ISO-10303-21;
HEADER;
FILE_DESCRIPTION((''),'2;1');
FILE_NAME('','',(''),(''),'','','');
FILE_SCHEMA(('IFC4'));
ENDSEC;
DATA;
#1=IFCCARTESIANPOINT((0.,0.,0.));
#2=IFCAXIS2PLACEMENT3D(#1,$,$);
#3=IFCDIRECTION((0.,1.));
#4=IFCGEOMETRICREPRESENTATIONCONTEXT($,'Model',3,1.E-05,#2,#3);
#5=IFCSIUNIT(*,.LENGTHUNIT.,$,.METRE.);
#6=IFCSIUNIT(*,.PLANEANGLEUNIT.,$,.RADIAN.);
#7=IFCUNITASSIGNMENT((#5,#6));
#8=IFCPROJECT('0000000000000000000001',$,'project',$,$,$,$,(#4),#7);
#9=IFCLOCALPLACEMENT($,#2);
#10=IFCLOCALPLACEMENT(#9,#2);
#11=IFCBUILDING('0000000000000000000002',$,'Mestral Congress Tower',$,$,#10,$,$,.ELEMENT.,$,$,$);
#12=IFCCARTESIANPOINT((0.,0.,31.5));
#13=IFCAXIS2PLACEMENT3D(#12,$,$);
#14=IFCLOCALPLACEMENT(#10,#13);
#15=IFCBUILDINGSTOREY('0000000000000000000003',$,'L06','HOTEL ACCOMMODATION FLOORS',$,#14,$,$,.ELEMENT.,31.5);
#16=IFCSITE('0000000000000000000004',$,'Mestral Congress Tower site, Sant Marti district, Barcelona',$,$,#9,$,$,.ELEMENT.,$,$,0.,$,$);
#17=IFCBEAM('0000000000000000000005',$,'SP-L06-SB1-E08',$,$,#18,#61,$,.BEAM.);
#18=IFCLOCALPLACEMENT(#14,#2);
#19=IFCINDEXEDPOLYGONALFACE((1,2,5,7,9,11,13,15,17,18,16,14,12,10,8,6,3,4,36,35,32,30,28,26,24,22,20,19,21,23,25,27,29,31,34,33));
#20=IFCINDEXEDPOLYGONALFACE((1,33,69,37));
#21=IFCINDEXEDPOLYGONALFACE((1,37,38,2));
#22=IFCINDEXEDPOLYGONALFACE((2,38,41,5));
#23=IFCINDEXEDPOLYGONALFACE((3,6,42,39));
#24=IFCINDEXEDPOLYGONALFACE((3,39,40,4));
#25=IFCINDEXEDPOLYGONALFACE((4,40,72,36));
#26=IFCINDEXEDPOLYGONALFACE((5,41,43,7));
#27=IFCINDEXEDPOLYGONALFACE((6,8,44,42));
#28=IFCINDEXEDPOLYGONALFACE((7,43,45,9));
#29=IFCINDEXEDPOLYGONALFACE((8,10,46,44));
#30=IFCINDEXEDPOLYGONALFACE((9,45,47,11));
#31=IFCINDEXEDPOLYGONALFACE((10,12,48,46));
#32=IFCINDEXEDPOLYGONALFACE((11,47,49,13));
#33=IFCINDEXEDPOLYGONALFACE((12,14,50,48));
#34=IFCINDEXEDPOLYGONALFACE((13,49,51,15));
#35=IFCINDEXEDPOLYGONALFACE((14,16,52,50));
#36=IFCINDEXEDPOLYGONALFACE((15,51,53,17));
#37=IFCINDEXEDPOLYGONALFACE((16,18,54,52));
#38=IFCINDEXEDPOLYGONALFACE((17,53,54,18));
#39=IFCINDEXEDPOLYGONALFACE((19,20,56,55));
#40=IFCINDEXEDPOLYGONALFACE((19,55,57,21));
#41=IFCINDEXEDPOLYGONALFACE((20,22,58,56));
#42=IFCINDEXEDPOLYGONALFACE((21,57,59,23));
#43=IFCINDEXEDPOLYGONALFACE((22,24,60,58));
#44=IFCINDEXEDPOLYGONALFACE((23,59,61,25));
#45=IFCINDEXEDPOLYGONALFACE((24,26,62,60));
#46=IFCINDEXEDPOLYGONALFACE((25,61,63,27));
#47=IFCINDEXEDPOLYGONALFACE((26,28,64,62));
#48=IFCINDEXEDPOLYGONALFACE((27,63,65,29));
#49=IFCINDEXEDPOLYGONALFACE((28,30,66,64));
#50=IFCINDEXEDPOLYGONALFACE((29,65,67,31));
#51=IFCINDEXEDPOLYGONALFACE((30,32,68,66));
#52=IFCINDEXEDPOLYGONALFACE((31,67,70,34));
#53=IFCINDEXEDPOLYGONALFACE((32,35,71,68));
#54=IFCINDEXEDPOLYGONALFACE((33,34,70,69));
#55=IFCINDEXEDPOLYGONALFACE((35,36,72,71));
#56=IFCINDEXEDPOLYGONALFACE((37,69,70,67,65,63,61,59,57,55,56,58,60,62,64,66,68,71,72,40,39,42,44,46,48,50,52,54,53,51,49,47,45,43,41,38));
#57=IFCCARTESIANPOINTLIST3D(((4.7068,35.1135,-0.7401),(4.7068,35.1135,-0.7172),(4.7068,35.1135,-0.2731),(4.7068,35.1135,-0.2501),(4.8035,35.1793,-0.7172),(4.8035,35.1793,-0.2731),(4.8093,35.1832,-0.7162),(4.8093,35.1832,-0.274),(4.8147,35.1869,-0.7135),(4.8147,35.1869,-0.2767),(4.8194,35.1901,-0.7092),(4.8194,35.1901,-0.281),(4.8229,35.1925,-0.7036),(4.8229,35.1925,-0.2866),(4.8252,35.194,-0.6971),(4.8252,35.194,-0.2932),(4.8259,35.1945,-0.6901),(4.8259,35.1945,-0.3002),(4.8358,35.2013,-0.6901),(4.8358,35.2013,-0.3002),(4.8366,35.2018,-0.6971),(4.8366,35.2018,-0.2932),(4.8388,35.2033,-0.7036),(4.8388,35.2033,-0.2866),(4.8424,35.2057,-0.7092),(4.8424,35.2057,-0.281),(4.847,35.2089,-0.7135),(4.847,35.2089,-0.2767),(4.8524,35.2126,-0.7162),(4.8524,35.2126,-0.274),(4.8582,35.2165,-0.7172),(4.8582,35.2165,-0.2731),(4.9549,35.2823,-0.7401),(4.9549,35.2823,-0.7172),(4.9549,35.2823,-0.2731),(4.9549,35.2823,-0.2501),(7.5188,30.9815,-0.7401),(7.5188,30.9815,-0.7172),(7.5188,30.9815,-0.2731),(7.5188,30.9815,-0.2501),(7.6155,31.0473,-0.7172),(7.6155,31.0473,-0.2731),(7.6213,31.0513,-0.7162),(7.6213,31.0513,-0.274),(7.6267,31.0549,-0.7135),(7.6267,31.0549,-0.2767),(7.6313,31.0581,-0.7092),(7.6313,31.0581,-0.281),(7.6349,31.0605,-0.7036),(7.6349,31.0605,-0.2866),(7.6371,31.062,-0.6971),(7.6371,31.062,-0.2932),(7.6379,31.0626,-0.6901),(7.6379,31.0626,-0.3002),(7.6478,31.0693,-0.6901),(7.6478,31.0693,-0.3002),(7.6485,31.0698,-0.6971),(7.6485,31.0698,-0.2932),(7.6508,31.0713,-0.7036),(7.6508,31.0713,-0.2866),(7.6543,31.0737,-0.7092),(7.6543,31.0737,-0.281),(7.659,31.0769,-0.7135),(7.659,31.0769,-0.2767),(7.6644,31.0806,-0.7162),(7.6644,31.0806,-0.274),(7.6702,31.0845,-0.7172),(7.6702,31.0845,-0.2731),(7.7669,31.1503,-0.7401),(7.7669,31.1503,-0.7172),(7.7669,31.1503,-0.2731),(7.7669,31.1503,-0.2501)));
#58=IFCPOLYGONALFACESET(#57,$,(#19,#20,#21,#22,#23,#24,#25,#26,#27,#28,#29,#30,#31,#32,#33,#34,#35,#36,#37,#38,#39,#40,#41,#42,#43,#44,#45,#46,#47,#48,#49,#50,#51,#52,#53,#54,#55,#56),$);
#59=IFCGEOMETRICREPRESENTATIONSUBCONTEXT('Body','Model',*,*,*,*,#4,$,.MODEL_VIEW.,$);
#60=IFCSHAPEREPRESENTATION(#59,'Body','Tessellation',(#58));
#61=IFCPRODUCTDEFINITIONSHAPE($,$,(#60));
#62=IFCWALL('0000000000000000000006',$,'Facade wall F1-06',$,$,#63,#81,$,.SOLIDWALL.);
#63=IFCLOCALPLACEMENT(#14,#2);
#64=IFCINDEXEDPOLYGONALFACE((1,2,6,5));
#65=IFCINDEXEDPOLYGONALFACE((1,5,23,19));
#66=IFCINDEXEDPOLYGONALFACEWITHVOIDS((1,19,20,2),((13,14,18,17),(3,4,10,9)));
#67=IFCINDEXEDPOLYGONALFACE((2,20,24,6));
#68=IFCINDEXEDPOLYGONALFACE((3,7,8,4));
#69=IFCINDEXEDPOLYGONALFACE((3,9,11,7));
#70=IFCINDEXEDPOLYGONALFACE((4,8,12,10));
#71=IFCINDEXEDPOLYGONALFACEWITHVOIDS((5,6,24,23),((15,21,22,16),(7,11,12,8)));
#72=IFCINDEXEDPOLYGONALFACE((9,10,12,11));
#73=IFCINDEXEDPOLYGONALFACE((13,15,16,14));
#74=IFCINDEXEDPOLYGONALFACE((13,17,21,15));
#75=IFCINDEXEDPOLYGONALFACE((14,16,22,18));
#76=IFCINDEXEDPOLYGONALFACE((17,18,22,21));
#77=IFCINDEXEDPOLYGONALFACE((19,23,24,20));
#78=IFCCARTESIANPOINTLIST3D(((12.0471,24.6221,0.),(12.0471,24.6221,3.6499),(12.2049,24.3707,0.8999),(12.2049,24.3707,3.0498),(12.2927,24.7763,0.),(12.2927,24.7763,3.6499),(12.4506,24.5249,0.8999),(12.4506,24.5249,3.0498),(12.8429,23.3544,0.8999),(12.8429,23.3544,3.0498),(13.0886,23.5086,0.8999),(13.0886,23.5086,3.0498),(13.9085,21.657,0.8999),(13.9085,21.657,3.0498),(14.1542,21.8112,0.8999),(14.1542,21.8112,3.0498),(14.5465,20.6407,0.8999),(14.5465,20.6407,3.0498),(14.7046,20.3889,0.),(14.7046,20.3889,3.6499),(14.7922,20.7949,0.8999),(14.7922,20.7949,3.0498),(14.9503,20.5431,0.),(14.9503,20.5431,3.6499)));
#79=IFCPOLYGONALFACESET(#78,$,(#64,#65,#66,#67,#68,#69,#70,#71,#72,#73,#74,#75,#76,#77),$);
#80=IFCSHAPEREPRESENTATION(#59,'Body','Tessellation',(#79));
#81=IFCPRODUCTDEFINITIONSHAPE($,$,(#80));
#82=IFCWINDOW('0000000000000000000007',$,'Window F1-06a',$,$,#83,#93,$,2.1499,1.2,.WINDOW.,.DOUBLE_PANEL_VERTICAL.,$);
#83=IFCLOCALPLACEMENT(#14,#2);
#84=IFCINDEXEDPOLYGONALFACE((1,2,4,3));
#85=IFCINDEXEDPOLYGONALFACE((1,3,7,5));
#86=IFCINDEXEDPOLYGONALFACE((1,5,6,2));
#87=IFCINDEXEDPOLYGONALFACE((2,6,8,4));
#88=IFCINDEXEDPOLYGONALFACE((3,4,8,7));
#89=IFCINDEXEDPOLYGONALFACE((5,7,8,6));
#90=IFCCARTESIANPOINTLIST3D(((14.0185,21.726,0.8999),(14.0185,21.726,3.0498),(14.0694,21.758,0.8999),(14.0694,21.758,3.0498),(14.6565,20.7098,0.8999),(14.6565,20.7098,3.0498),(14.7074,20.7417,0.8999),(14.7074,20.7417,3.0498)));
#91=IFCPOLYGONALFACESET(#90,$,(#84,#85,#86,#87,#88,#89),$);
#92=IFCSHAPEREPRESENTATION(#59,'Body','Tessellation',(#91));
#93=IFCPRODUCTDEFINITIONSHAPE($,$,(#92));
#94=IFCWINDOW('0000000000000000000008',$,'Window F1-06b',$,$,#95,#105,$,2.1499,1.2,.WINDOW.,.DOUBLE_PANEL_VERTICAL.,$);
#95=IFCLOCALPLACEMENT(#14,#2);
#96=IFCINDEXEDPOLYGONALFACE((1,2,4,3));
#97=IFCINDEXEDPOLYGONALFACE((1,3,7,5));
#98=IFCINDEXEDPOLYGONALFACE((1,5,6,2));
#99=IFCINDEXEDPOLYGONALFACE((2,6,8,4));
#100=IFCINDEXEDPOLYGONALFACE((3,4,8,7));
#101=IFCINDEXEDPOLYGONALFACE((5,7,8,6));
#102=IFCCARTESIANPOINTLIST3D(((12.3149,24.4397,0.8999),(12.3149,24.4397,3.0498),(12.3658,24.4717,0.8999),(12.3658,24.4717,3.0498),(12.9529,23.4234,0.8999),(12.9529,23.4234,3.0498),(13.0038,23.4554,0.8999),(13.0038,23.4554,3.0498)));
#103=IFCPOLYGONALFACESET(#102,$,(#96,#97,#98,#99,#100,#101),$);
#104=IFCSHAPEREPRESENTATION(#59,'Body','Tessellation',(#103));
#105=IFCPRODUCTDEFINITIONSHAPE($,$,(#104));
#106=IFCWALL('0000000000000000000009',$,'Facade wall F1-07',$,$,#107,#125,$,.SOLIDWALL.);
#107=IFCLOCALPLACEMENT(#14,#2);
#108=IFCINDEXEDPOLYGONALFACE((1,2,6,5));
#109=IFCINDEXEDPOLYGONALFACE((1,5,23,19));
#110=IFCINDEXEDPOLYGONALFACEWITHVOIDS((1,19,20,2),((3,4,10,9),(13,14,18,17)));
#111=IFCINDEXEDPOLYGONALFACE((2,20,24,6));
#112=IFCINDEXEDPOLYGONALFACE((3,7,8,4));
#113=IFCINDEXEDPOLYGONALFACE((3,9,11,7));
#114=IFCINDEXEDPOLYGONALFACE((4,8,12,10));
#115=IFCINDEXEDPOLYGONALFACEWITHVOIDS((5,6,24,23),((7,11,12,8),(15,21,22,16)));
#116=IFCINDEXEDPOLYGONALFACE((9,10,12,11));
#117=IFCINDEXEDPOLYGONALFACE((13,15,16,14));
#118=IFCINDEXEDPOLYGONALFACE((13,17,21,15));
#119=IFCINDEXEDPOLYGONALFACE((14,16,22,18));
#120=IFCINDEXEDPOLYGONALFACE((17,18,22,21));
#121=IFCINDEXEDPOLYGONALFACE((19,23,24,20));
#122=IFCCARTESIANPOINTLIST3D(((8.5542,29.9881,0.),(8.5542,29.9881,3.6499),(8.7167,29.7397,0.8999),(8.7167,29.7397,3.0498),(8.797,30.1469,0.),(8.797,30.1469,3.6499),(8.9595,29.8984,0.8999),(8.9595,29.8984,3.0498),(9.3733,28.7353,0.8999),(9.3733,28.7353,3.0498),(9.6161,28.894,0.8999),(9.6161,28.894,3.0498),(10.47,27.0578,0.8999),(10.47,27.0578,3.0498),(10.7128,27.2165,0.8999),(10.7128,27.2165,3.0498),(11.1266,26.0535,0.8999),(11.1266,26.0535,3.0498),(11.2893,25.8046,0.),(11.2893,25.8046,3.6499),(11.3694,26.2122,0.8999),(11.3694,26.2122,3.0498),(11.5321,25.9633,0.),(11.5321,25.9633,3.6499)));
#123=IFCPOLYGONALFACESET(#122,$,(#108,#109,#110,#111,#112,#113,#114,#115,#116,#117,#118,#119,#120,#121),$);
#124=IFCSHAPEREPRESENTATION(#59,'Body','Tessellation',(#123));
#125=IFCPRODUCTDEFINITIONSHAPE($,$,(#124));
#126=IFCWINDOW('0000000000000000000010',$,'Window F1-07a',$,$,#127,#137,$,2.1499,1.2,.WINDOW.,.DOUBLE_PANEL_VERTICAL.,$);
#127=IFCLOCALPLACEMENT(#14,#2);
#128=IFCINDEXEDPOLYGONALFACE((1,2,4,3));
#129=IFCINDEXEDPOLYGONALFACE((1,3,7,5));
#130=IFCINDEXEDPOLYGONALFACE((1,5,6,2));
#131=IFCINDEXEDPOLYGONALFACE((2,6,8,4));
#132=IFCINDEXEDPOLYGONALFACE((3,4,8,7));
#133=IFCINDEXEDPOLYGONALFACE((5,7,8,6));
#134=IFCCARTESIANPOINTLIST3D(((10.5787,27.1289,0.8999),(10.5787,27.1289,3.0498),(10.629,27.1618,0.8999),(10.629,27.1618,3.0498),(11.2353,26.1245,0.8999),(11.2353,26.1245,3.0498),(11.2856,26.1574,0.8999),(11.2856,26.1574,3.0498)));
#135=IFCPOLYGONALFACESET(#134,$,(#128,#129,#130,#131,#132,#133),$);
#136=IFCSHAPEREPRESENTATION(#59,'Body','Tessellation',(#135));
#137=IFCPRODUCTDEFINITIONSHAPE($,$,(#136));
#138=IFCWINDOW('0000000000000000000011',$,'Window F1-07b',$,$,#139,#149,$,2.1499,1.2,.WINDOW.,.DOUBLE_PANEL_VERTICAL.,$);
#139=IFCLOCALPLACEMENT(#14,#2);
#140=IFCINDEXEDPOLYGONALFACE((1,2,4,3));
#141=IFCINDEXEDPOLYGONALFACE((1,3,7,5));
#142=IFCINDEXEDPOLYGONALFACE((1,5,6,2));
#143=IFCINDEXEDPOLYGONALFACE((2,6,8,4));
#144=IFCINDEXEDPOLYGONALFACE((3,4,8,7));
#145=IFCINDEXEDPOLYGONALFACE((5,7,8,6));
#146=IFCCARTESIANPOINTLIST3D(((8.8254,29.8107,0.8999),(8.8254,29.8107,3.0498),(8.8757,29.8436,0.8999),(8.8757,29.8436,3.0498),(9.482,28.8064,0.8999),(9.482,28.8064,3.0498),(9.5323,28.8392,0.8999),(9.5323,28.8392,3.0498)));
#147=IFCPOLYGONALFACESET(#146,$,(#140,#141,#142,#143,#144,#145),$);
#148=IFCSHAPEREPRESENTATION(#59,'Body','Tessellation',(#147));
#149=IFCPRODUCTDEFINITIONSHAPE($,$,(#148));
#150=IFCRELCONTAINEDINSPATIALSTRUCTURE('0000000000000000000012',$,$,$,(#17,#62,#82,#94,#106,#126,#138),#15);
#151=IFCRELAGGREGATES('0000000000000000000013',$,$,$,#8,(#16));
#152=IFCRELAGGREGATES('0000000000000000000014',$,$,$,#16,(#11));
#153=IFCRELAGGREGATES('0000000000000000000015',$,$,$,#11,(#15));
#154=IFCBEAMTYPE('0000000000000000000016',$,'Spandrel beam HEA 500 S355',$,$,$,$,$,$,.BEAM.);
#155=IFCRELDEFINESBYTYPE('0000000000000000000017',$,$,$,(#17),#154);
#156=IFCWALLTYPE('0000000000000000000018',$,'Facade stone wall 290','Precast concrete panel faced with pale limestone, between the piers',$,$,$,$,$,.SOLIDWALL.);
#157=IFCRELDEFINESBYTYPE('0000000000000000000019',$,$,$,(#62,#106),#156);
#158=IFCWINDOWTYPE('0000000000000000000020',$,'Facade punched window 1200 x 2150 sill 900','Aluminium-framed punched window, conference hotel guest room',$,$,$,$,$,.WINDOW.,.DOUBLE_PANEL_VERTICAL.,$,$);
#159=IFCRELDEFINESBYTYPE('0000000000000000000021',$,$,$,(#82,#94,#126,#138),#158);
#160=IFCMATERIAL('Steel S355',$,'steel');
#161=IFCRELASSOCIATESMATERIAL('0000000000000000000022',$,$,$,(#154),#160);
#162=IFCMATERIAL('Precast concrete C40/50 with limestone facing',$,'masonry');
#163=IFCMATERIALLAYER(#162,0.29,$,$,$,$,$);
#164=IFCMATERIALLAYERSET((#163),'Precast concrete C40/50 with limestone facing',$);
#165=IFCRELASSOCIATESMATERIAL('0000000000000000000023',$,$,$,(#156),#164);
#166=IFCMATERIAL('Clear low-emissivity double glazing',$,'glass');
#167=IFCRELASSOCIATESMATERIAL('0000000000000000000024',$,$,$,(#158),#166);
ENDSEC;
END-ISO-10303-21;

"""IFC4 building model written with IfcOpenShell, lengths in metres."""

from ifc_helpers import new_model, si_unit, direction, frame, frame_2d, origin, origin_2d, place, context, subcontext, project, spatial, rectangle, i_section, extrude, material, layer, layer_set, material_profile, profile_set, type_object, element, fill, save


model = new_model("IFC4")

# Units and contexts
model_context = context("Model", 3, precision=1e-05, world=origin(), true_north=direction((0.0, 1.0)))
body_context = subcontext(model_context, "Body", "Model", "MODEL_VIEW")
ifc_project = project(units=[si_unit("LENGTHUNIT", "METRE"), si_unit("PLANEANGLEUNIT", "RADIAN")], contexts=[model_context])

# Site, building, storey
site_placement = place(None, origin())
site = spatial("IfcSite", under=ifc_project, at=site_placement, Name="Mestral Congress Tower site, Sant Marti district, Barcelona", CompositionType="ELEMENT", RefElevation=0.0)
building_placement = place(site_placement, origin())
building = spatial("IfcBuilding", under=site, at=building_placement, Name="Mestral Congress Tower", CompositionType="ELEMENT")
storey_placement = place(building_placement, frame((0.0, 0.0, 31.5)))
storey = spatial("IfcBuildingStorey", under=building, at=storey_placement, Name="L06", Description="HOTEL ACCOMMODATION FLOORS", CompositionType="ELEMENT", Elevation=31.5)

# Beam
ifc_material_1 = material(Name="Steel S355", Category="steel")
ifc_material_profile_1 = material_profile(ifc_material_1, i_section(OverallWidth=0.3, OverallDepth=0.49, WebThickness=0.012, FlangeThickness=0.0229, FilletRadius=0.0271, at=origin_2d()), Name="HEA 500")
ifc_profile_set_1 = profile_set([ifc_material_profile_1], Name="Steel S355")
beam_type_1 = type_object("IfcBeamType", Name="Spandrel beam HEA 500 S355", PredefinedType="BEAM", material=ifc_profile_set_1)
beam_1_placement = place(storey_placement, frame((7.6428, 31.0659, -0.4951), z_axis=(-0.562611, 0.826722, 0.0), x_axis=(-0.826722, -0.562611, 0.0)))
element("IfcBeam", 1, at=beam_1_placement, inside=storey, type_object=beam_type_1, Name="SP-L06-SB1-E08", PredefinedType="BEAM", context=body_context, shape_type="SweptSolid", body=[
    extrude(i_section(OverallWidth=0.3, OverallDepth=0.49, WebThickness=0.012, FlangeThickness=0.0229, FilletRadius=0.0271, at=origin_2d()), origin(), (0.0, 0.0, 1.0), 4.998),
])

# Walls, openings, windows
ifc_material_2 = material(Name="Precast concrete C40/50 with limestone facing", Category="masonry")
ifc_layer_1 = layer(ifc_material_2, 0.29)
ifc_layer_set_1 = layer_set([ifc_layer_1], Name="Precast concrete C40/50 with limestone facing")
wall_type_1 = type_object("IfcWallType", Name="Facade stone wall 290", Description="Precast concrete panel faced with pale limestone, between the piers", PredefinedType="SOLIDWALL", material=ifc_layer_set_1)
wall_1_placement = place(storey_placement, frame((14.8274, 20.4661, 0.0), z_axis=(0.0, 0.0, 1.0), x_axis=(-0.531688, 0.84694, 0.0)))
wall_1 = element("IfcWall", 2, at=wall_1_placement, inside=storey, type_object=wall_type_1, Name="Facade wall F1-06", PredefinedType="SOLIDWALL", context=body_context, shape_type="SweptSolid", body=[
    extrude(rectangle(XDim=4.9983, YDim=0.29, at=frame_2d((2.499, 0.0))), origin(), (0.0, 0.0, 1.0), 3.6499),
])
opening_1_placement = place(wall_1_placement, frame((0.2971, 0.0, 0.8999)))
opening_1 = element("IfcOpeningElement", 3, at=opening_1_placement, cuts=wall_1, PredefinedType="OPENING", context=body_context, shape_type="SweptSolid", body=[
    extrude(rectangle(XDim=1.2, YDim=2.1499, at=frame_2d((0.6001, 1.075))), frame((0.0, 0.155, 0.0), z_axis=(0.0, -1.0, 0.0), x_axis=(1.0, 0.0, 0.0)), (0.0, 0.0, 1.0), 0.3101),
])
opening_2_placement = place(wall_1_placement, frame((3.5012, 0.0, 0.8999)))
opening_2 = element("IfcOpeningElement", 4, at=opening_2_placement, cuts=wall_1, PredefinedType="OPENING", context=body_context, shape_type="SweptSolid", body=[
    extrude(rectangle(XDim=1.2, YDim=2.1499, at=frame_2d((0.6001, 1.075))), frame((0.0, 0.155, 0.0), z_axis=(0.0, -1.0, 0.0), x_axis=(1.0, 0.0, 0.0)), (0.0, 0.0, 1.0), 0.3101),
])
ifc_material_3 = material(Name="Clear low-emissivity double glazing", Category="glass")
window_type = type_object("IfcWindowType", Name="Facade punched window 1200 x 2150 sill 900", Description="Aluminium-framed punched window, conference hotel guest room", PartitioningType="DOUBLE_PANEL_VERTICAL", PredefinedType="WINDOW", material=ifc_material_3)
window_1_placement = place(opening_1_placement, origin())
window_1 = element("IfcWindow", 5, at=window_1_placement, inside=storey, type_object=window_type, Name="Window F1-06a", OverallHeight=2.1499, OverallWidth=1.2, PartitioningType="DOUBLE_PANEL_VERTICAL", PredefinedType="WINDOW", context=body_context, shape_type="SweptSolid", body=[
    extrude(rectangle(XDim=1.2, YDim=2.1499, at=frame_2d((0.6001, 1.075))), frame((0.0, 0.0151, 0.0), z_axis=(0.0, -1.0, 0.0), x_axis=(1.0, 0.0, 0.0)), (0.0, 0.0, 1.0), 0.0601),
])
fill(opening_1, window_1)
window_2_placement = place(opening_2_placement, origin())
window_2 = element("IfcWindow", 6, at=window_2_placement, inside=storey, type_object=window_type, Name="Window F1-06b", OverallHeight=2.1499, OverallWidth=1.2, PartitioningType="DOUBLE_PANEL_VERTICAL", PredefinedType="WINDOW", context=body_context, shape_type="SweptSolid", body=[
    extrude(rectangle(XDim=1.2, YDim=2.1499, at=frame_2d((0.6001, 1.075))), frame((0.0, 0.0151, 0.0), z_axis=(0.0, -1.0, 0.0), x_axis=(1.0, 0.0, 0.0)), (0.0, 0.0, 1.0), 0.0601),
])
fill(opening_2, window_2)
wall_2_placement = place(storey_placement, frame((11.4106, 25.884, 0.0), z_axis=(0.0, 0.0, 1.0), x_axis=(-0.547205, 0.836999, 0.0)))
wall_2 = element("IfcWall", 7, at=wall_2_placement, inside=storey, type_object=wall_type_1, Name="Facade wall F1-07", PredefinedType="SOLIDWALL", context=body_context, shape_type="SweptSolid", body=[
    extrude(rectangle(XDim=4.9983, YDim=0.29, at=frame_2d((2.499, 0.0))), origin(), (0.0, 0.0, 1.0), 3.6499),
])
opening_3_placement = place(wall_2_placement, frame((0.2971, 0.0, 0.8999)))
opening_3 = element("IfcOpeningElement", 8, at=opening_3_placement, cuts=wall_2, PredefinedType="OPENING", context=body_context, shape_type="SweptSolid", body=[
    extrude(rectangle(XDim=1.2, YDim=2.1499, at=frame_2d((0.6001, 1.075))), frame((0.0, 0.155, 0.0), z_axis=(0.0, -1.0, 0.0), x_axis=(1.0, 0.0, 0.0)), (0.0, 0.0, 1.0), 0.3101),
])
opening_4_placement = place(wall_2_placement, frame((3.5012, 0.0, 0.8999)))
opening_4 = element("IfcOpeningElement", 9, at=opening_4_placement, cuts=wall_2, PredefinedType="OPENING", context=body_context, shape_type="SweptSolid", body=[
    extrude(rectangle(XDim=1.2, YDim=2.1499, at=frame_2d((0.6001, 1.075))), frame((0.0, 0.155, 0.0), z_axis=(0.0, -1.0, 0.0), x_axis=(1.0, 0.0, 0.0)), (0.0, 0.0, 1.0), 0.3101),
])
window_3_placement = place(opening_3_placement, origin())
window_3 = element("IfcWindow", 10, at=window_3_placement, inside=storey, type_object=window_type, Name="Window F1-07a", OverallHeight=2.1499, OverallWidth=1.2, PartitioningType="DOUBLE_PANEL_VERTICAL", PredefinedType="WINDOW", context=body_context, shape_type="SweptSolid", body=[
    extrude(rectangle(XDim=1.2, YDim=2.1499, at=frame_2d((0.6001, 1.075))), frame((0.0, 0.0151, 0.0), z_axis=(0.0, -1.0, 0.0), x_axis=(1.0, 0.0, 0.0)), (0.0, 0.0, 1.0), 0.0601),
])
fill(opening_3, window_3)
window_4_placement = place(opening_4_placement, origin())
window_4 = element("IfcWindow", 11, at=window_4_placement, inside=storey, type_object=window_type, Name="Window F1-07b", OverallHeight=2.1499, OverallWidth=1.2, PartitioningType="DOUBLE_PANEL_VERTICAL", PredefinedType="WINDOW", context=body_context, shape_type="SweptSolid", body=[
    extrude(rectangle(XDim=1.2, YDim=2.1499, at=frame_2d((0.6001, 1.075))), frame((0.0, 0.0151, 0.0), z_axis=(0.0, -1.0, 0.0), x_axis=(1.0, 0.0, 0.0)), (0.0, 0.0, 1.0), 0.0601),
])
fill(opening_4, window_4)

save(model, "model.ifc")
